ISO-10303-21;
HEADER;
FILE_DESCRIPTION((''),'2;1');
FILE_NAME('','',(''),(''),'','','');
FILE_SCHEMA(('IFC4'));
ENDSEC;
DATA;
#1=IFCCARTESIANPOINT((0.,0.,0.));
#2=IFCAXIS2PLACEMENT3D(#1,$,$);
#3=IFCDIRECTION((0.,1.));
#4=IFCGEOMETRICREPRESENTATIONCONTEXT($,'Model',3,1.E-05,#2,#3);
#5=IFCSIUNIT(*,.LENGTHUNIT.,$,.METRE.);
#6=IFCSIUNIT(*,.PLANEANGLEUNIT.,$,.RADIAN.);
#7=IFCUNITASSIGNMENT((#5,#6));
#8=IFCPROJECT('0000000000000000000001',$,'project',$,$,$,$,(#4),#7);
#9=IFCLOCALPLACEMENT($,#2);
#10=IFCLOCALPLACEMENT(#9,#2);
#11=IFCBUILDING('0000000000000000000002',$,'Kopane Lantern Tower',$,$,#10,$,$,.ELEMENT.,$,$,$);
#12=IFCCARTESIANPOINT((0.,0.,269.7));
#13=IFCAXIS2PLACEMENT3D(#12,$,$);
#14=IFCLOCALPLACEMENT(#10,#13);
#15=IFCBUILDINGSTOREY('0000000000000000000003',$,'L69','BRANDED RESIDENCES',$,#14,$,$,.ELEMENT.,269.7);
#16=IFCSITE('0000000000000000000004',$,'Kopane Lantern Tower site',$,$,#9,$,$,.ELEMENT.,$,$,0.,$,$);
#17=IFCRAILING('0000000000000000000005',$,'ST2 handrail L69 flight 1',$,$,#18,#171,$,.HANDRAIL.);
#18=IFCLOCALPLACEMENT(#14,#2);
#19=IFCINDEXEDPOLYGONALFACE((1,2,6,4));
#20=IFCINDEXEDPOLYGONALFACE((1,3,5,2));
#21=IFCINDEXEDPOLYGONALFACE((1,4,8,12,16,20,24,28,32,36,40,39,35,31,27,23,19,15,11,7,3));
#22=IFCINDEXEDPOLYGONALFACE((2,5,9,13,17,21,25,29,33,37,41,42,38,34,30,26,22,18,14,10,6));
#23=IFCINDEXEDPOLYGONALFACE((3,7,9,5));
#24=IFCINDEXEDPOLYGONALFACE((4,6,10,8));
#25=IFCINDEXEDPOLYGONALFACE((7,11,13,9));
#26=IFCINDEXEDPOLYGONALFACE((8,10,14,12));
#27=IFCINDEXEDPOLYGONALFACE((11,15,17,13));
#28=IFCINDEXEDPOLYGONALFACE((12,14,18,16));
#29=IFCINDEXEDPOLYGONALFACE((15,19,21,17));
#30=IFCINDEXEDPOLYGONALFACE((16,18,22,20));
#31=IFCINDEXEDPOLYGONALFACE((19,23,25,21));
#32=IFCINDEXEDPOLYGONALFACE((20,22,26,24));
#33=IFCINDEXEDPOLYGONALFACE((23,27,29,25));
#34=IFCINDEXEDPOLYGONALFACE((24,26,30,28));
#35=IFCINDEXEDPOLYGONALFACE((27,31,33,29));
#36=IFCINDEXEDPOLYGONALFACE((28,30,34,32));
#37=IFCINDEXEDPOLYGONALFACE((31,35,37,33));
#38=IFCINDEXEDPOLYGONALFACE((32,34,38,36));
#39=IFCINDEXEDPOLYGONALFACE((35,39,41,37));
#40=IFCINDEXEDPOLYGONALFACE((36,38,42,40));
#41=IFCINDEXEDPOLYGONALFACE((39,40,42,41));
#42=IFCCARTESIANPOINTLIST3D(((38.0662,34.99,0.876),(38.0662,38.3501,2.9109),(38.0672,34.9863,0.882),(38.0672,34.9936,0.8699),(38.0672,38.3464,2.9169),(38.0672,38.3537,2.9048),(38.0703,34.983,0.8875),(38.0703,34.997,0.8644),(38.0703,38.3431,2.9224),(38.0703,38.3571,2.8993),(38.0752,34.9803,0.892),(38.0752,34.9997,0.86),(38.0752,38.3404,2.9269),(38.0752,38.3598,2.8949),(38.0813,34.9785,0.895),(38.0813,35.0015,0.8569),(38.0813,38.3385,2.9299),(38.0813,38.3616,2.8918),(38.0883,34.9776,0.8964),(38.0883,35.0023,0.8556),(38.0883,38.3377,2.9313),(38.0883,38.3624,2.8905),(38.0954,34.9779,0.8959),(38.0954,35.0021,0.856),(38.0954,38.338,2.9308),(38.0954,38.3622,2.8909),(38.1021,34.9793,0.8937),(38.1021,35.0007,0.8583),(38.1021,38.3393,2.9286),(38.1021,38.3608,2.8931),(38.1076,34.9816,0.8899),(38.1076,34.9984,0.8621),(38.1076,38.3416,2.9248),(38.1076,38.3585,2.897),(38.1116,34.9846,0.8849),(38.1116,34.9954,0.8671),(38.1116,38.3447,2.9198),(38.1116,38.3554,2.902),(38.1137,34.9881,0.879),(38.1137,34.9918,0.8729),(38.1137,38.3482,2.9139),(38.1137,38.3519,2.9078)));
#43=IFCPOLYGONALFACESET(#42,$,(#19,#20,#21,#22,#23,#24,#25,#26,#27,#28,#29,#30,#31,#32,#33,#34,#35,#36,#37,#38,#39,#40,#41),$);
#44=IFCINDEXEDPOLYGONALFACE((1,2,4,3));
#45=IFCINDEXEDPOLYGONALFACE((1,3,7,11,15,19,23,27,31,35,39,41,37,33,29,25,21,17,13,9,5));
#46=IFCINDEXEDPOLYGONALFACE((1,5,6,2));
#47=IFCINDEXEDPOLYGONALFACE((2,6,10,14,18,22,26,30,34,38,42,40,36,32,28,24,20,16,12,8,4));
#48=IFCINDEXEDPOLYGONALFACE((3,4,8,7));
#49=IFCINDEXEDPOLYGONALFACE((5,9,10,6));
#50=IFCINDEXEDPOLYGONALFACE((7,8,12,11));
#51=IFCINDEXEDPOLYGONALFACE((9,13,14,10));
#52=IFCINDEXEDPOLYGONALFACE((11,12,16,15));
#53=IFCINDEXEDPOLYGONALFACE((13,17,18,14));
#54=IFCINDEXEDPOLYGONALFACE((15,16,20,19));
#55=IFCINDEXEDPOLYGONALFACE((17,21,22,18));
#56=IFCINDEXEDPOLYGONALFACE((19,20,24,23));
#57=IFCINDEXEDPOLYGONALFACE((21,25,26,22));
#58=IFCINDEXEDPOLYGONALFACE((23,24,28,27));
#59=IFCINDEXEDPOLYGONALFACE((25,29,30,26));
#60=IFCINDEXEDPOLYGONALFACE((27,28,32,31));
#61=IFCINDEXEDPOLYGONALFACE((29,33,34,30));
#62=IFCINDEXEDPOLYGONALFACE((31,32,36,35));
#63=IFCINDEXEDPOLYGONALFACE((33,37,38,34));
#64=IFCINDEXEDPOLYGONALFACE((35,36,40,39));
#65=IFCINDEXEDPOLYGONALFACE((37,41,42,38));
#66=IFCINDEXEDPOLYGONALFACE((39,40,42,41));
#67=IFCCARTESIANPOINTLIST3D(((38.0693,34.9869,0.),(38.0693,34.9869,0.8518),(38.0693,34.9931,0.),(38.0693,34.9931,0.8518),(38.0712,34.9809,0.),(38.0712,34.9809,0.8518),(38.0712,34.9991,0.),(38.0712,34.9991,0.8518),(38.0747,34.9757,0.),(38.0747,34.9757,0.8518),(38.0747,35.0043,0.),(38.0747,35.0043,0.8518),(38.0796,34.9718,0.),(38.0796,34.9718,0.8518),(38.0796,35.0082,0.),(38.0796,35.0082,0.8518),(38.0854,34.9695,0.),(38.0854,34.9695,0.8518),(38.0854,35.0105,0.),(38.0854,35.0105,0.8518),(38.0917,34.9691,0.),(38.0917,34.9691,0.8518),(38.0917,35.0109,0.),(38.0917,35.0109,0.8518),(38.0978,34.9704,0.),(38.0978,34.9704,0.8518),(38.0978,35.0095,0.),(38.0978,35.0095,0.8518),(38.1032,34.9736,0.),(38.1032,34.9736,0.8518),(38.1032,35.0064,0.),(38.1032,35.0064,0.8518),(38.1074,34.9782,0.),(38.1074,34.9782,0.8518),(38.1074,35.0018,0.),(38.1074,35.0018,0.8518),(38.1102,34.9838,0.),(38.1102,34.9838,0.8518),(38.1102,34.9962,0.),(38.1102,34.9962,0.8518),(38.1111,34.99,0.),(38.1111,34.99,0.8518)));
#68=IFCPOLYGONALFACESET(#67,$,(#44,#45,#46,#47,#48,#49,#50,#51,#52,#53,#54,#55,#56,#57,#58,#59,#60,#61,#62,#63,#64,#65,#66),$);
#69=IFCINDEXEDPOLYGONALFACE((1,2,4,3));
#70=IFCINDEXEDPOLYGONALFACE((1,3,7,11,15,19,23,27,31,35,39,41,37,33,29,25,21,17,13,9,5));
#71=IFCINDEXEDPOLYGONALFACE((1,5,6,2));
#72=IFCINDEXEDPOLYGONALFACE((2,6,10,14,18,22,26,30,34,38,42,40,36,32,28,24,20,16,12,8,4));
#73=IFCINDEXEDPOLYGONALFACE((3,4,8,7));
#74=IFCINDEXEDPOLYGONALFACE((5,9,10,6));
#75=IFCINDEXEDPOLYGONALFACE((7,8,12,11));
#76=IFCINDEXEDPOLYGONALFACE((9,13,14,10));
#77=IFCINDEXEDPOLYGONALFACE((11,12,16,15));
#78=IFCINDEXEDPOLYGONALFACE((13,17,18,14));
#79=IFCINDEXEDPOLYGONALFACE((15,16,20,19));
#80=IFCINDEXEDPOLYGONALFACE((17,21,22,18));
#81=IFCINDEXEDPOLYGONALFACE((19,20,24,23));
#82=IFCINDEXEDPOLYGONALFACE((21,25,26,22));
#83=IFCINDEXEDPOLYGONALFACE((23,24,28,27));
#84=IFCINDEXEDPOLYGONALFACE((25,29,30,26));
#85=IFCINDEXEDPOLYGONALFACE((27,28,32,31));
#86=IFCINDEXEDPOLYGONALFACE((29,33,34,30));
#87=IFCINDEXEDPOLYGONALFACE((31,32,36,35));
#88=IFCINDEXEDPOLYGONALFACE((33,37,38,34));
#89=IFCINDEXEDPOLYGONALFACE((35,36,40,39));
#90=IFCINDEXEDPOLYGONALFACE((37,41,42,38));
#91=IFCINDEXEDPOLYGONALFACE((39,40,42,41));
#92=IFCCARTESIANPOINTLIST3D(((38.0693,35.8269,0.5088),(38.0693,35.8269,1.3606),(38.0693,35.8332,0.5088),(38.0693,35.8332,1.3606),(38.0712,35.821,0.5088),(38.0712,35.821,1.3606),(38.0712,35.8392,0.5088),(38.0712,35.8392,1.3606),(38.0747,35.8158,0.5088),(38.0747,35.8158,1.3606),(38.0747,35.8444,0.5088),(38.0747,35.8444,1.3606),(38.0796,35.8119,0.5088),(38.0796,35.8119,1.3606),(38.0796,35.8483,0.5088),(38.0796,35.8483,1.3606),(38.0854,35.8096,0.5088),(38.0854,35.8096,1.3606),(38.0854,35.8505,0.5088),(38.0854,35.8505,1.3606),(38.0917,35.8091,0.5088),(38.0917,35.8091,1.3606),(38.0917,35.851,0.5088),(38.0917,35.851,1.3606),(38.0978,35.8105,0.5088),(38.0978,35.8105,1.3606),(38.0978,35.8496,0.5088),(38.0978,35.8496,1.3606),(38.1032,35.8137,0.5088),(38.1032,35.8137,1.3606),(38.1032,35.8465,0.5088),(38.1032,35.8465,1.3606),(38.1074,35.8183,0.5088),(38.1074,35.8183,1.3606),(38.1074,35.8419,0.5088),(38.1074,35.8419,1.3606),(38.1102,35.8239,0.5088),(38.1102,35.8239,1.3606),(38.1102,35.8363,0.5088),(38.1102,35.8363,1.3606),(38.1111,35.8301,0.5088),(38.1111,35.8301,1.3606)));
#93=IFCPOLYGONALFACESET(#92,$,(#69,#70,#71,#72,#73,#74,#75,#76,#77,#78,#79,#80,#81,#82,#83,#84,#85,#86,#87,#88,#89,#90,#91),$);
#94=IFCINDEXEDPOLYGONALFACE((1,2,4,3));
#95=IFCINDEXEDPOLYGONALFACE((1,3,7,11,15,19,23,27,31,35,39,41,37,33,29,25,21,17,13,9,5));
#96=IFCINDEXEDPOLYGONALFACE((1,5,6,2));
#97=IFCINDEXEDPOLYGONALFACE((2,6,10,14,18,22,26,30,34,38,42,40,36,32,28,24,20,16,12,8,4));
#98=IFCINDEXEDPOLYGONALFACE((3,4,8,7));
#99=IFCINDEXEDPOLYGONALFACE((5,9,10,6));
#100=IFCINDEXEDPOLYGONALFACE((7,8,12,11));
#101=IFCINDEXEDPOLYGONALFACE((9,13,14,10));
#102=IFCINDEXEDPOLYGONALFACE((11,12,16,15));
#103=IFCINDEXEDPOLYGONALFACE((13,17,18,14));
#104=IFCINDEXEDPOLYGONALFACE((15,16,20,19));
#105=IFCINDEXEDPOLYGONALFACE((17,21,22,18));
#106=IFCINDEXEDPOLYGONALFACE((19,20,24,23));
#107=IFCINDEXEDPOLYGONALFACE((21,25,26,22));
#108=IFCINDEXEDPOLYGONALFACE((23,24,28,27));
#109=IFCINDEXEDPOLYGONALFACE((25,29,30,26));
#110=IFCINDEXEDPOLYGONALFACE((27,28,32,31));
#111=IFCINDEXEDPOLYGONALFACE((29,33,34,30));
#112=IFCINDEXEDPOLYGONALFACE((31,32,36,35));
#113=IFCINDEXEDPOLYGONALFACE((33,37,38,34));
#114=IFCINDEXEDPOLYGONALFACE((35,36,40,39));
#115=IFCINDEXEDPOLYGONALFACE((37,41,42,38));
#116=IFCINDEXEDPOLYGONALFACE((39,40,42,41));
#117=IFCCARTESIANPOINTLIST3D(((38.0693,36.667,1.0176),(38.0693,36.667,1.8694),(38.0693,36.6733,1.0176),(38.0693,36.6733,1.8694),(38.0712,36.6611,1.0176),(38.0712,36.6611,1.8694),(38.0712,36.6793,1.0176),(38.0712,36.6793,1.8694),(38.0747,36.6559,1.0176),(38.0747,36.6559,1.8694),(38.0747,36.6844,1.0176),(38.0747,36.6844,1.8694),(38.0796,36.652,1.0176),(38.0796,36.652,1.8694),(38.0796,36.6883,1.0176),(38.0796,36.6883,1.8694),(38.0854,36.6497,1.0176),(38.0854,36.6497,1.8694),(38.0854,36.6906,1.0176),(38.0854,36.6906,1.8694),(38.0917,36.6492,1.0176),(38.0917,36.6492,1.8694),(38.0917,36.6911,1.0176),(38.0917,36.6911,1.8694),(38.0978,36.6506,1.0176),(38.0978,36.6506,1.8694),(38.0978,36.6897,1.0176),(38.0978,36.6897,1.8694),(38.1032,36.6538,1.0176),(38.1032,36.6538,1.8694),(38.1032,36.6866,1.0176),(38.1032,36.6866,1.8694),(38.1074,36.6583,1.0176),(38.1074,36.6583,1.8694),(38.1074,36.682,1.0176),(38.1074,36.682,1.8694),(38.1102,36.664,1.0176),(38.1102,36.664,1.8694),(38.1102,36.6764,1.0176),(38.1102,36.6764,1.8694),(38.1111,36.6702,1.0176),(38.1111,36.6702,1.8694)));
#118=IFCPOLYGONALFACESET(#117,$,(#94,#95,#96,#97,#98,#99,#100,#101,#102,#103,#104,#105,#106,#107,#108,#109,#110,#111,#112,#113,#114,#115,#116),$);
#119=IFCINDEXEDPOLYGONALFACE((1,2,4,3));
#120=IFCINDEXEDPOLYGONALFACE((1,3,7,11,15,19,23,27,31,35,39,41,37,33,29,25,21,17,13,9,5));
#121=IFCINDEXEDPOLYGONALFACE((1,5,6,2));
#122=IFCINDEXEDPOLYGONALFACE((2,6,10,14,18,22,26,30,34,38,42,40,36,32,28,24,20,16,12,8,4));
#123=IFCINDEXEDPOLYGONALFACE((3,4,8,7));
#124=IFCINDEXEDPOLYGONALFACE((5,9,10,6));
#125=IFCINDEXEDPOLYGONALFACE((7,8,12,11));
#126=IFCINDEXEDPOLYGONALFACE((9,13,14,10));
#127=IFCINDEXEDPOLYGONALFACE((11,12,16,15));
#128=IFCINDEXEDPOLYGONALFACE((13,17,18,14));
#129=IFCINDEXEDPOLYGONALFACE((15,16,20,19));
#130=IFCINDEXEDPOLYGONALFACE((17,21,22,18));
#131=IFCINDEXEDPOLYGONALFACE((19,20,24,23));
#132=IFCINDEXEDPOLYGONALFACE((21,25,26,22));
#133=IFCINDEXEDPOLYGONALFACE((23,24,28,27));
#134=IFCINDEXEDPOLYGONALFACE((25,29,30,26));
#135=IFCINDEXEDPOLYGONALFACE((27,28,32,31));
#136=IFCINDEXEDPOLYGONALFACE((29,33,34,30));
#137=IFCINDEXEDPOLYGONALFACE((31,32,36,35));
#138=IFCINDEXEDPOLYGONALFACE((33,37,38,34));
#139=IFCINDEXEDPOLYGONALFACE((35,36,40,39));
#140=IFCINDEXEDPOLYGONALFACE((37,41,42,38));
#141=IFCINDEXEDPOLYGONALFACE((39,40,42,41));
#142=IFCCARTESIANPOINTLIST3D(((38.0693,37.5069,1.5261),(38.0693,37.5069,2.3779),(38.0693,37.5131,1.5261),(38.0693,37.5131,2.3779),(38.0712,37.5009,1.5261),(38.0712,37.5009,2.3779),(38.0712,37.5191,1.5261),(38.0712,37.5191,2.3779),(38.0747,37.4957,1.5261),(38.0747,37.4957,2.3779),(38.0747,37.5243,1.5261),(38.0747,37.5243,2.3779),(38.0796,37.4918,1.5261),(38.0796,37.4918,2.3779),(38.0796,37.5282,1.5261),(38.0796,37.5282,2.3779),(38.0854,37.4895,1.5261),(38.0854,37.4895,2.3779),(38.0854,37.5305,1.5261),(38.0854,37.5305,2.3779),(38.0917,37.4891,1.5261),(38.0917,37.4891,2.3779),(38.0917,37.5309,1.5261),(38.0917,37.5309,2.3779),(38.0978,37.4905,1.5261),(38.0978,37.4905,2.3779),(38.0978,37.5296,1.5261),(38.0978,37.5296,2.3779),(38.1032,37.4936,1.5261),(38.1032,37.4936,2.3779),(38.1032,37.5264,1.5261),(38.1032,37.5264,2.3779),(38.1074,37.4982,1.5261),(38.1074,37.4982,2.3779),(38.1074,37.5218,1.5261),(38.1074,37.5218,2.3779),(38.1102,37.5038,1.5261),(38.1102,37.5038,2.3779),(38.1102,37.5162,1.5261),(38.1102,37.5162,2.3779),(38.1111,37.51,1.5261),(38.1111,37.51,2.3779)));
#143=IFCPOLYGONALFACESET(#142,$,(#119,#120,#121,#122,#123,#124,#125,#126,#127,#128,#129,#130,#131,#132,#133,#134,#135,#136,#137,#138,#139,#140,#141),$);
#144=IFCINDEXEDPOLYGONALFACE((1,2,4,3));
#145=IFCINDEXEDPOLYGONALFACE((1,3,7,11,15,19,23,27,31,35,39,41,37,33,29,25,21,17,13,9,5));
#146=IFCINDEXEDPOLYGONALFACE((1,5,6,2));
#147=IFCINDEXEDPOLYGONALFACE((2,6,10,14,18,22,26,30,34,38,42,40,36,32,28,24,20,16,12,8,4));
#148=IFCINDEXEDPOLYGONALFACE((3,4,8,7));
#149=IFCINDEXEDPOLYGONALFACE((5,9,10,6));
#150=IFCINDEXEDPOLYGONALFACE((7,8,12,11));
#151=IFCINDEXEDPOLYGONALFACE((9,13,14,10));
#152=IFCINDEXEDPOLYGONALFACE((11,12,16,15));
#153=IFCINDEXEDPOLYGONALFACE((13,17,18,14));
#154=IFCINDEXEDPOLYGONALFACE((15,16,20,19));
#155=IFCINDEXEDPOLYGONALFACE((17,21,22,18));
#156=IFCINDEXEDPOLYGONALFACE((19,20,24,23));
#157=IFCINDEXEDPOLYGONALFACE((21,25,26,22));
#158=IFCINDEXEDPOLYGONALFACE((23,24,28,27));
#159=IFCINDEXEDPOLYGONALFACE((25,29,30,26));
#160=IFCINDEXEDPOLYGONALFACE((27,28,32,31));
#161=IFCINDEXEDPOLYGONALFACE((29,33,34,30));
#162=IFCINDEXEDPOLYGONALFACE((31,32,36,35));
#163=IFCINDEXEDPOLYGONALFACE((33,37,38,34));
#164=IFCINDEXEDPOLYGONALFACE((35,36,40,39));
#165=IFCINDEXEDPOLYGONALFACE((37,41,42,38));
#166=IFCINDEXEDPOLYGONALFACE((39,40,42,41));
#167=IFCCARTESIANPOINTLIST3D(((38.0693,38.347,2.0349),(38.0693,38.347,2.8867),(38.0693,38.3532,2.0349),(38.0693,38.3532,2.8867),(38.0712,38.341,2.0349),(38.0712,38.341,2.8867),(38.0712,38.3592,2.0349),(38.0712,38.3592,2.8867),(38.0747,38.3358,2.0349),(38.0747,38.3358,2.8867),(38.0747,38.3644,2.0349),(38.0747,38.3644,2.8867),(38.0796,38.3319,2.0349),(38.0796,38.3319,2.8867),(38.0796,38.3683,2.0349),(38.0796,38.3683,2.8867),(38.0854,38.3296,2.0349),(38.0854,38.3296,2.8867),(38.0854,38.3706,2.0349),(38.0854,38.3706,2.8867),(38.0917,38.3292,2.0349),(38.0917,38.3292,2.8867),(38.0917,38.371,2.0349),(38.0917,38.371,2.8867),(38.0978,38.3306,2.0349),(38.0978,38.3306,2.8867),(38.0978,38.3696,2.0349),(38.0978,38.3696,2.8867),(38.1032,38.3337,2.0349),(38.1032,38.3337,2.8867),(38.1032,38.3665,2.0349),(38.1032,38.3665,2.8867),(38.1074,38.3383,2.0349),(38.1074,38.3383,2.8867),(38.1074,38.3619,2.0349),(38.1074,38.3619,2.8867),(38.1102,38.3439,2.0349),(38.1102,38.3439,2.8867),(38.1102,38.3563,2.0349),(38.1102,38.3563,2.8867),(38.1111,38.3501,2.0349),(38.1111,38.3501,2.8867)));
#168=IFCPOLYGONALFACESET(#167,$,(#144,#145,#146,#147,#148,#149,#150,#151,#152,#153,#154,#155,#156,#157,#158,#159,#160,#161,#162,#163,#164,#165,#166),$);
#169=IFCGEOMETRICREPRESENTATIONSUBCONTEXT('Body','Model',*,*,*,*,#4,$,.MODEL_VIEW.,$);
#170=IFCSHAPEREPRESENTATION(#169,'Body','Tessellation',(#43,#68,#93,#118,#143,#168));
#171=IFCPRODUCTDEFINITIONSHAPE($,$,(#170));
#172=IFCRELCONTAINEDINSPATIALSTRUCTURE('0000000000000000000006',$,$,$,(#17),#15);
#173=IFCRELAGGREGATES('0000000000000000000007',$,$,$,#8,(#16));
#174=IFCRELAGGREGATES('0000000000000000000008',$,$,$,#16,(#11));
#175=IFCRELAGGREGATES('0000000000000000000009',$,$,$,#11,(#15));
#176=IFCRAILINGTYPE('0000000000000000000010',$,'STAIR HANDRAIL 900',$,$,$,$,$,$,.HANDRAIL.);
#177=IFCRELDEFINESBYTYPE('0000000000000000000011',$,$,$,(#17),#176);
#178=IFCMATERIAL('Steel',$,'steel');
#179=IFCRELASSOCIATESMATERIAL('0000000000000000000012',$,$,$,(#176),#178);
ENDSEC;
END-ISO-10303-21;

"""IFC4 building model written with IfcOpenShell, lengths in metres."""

from ifc_helpers import new_model, si_unit, direction, frame, origin, origin_2d, place, context, subcontext, project, spatial, circle, extrude, material, type_object, element, save


model = new_model("IFC4")

# Units and contexts
model_context = context("Model", 3, precision=1e-05, world=origin(), true_north=direction((0.0, 1.0)))
body_context = subcontext(model_context, "Body", "Model", "MODEL_VIEW")
ifc_project = project(units=[si_unit("LENGTHUNIT", "METRE"), si_unit("PLANEANGLEUNIT", "RADIAN")], contexts=[model_context])

# Site, building, storey
site_placement = place(None, origin())
site = spatial("IfcSite", under=ifc_project, at=site_placement, Name="Kopane Lantern Tower site", CompositionType="ELEMENT", RefElevation=0.0)
building_placement = place(site_placement, origin())
building = spatial("IfcBuilding", under=site, at=building_placement, Name="Kopane Lantern Tower", CompositionType="ELEMENT")
storey_placement = place(building_placement, frame((0.0, 0.0, 269.7)))
storey = spatial("IfcBuildingStorey", under=building, at=storey_placement, Name="L69", Description="BRANDED RESIDENCES", CompositionType="ELEMENT", Elevation=269.7)

# Railing
ifc_material_1 = material(Name="Steel", Category="steel")
railing_type_1 = type_object("IfcRailingType", Name="STAIR HANDRAIL 900", PredefinedType="HANDRAIL", material=ifc_material_1)
for number, where, name in (
    (1, (38.0901, 34.99, 0.0), "ST2 handrail L69 flight 1"),
):
    element("IfcRailing", number, at=place(storey_placement, frame(where)), inside=storey, type_object=railing_type_1, Name=name, PredefinedType="HANDRAIL", context=body_context, shape_type="SweptSolid", body=[
        extrude(circle(Radius=0.0239, at=origin_2d()), frame((0.0, 0.0, 0.876), z_axis=(0.0, 0.855369, 0.518019), x_axis=(-1.0, 0.0, 0.0)), (0.0, 0.0, 1.0), 3.9282),
        extrude(circle(Radius=0.021, at=origin_2d()), origin(), (0.0, 0.0, 1.0), 0.8518),
        extrude(circle(Radius=0.021, at=origin_2d()), frame((0.0, 0.8401, 0.5088)), (0.0, 0.0, 1.0), 0.8518),
        extrude(circle(Radius=0.021, at=origin_2d()), frame((0.0, 1.6802, 1.0176)), (0.0, 0.0, 1.0), 0.8518),
        extrude(circle(Radius=0.021, at=origin_2d()), frame((0.0, 2.52, 1.5261)), (0.0, 0.0, 1.0), 0.8518),
        extrude(circle(Radius=0.021, at=origin_2d()), frame((0.0, 3.3601, 2.0349)), (0.0, 0.0, 1.0), 0.8518),
    ])

save(model, "model.ifc")
